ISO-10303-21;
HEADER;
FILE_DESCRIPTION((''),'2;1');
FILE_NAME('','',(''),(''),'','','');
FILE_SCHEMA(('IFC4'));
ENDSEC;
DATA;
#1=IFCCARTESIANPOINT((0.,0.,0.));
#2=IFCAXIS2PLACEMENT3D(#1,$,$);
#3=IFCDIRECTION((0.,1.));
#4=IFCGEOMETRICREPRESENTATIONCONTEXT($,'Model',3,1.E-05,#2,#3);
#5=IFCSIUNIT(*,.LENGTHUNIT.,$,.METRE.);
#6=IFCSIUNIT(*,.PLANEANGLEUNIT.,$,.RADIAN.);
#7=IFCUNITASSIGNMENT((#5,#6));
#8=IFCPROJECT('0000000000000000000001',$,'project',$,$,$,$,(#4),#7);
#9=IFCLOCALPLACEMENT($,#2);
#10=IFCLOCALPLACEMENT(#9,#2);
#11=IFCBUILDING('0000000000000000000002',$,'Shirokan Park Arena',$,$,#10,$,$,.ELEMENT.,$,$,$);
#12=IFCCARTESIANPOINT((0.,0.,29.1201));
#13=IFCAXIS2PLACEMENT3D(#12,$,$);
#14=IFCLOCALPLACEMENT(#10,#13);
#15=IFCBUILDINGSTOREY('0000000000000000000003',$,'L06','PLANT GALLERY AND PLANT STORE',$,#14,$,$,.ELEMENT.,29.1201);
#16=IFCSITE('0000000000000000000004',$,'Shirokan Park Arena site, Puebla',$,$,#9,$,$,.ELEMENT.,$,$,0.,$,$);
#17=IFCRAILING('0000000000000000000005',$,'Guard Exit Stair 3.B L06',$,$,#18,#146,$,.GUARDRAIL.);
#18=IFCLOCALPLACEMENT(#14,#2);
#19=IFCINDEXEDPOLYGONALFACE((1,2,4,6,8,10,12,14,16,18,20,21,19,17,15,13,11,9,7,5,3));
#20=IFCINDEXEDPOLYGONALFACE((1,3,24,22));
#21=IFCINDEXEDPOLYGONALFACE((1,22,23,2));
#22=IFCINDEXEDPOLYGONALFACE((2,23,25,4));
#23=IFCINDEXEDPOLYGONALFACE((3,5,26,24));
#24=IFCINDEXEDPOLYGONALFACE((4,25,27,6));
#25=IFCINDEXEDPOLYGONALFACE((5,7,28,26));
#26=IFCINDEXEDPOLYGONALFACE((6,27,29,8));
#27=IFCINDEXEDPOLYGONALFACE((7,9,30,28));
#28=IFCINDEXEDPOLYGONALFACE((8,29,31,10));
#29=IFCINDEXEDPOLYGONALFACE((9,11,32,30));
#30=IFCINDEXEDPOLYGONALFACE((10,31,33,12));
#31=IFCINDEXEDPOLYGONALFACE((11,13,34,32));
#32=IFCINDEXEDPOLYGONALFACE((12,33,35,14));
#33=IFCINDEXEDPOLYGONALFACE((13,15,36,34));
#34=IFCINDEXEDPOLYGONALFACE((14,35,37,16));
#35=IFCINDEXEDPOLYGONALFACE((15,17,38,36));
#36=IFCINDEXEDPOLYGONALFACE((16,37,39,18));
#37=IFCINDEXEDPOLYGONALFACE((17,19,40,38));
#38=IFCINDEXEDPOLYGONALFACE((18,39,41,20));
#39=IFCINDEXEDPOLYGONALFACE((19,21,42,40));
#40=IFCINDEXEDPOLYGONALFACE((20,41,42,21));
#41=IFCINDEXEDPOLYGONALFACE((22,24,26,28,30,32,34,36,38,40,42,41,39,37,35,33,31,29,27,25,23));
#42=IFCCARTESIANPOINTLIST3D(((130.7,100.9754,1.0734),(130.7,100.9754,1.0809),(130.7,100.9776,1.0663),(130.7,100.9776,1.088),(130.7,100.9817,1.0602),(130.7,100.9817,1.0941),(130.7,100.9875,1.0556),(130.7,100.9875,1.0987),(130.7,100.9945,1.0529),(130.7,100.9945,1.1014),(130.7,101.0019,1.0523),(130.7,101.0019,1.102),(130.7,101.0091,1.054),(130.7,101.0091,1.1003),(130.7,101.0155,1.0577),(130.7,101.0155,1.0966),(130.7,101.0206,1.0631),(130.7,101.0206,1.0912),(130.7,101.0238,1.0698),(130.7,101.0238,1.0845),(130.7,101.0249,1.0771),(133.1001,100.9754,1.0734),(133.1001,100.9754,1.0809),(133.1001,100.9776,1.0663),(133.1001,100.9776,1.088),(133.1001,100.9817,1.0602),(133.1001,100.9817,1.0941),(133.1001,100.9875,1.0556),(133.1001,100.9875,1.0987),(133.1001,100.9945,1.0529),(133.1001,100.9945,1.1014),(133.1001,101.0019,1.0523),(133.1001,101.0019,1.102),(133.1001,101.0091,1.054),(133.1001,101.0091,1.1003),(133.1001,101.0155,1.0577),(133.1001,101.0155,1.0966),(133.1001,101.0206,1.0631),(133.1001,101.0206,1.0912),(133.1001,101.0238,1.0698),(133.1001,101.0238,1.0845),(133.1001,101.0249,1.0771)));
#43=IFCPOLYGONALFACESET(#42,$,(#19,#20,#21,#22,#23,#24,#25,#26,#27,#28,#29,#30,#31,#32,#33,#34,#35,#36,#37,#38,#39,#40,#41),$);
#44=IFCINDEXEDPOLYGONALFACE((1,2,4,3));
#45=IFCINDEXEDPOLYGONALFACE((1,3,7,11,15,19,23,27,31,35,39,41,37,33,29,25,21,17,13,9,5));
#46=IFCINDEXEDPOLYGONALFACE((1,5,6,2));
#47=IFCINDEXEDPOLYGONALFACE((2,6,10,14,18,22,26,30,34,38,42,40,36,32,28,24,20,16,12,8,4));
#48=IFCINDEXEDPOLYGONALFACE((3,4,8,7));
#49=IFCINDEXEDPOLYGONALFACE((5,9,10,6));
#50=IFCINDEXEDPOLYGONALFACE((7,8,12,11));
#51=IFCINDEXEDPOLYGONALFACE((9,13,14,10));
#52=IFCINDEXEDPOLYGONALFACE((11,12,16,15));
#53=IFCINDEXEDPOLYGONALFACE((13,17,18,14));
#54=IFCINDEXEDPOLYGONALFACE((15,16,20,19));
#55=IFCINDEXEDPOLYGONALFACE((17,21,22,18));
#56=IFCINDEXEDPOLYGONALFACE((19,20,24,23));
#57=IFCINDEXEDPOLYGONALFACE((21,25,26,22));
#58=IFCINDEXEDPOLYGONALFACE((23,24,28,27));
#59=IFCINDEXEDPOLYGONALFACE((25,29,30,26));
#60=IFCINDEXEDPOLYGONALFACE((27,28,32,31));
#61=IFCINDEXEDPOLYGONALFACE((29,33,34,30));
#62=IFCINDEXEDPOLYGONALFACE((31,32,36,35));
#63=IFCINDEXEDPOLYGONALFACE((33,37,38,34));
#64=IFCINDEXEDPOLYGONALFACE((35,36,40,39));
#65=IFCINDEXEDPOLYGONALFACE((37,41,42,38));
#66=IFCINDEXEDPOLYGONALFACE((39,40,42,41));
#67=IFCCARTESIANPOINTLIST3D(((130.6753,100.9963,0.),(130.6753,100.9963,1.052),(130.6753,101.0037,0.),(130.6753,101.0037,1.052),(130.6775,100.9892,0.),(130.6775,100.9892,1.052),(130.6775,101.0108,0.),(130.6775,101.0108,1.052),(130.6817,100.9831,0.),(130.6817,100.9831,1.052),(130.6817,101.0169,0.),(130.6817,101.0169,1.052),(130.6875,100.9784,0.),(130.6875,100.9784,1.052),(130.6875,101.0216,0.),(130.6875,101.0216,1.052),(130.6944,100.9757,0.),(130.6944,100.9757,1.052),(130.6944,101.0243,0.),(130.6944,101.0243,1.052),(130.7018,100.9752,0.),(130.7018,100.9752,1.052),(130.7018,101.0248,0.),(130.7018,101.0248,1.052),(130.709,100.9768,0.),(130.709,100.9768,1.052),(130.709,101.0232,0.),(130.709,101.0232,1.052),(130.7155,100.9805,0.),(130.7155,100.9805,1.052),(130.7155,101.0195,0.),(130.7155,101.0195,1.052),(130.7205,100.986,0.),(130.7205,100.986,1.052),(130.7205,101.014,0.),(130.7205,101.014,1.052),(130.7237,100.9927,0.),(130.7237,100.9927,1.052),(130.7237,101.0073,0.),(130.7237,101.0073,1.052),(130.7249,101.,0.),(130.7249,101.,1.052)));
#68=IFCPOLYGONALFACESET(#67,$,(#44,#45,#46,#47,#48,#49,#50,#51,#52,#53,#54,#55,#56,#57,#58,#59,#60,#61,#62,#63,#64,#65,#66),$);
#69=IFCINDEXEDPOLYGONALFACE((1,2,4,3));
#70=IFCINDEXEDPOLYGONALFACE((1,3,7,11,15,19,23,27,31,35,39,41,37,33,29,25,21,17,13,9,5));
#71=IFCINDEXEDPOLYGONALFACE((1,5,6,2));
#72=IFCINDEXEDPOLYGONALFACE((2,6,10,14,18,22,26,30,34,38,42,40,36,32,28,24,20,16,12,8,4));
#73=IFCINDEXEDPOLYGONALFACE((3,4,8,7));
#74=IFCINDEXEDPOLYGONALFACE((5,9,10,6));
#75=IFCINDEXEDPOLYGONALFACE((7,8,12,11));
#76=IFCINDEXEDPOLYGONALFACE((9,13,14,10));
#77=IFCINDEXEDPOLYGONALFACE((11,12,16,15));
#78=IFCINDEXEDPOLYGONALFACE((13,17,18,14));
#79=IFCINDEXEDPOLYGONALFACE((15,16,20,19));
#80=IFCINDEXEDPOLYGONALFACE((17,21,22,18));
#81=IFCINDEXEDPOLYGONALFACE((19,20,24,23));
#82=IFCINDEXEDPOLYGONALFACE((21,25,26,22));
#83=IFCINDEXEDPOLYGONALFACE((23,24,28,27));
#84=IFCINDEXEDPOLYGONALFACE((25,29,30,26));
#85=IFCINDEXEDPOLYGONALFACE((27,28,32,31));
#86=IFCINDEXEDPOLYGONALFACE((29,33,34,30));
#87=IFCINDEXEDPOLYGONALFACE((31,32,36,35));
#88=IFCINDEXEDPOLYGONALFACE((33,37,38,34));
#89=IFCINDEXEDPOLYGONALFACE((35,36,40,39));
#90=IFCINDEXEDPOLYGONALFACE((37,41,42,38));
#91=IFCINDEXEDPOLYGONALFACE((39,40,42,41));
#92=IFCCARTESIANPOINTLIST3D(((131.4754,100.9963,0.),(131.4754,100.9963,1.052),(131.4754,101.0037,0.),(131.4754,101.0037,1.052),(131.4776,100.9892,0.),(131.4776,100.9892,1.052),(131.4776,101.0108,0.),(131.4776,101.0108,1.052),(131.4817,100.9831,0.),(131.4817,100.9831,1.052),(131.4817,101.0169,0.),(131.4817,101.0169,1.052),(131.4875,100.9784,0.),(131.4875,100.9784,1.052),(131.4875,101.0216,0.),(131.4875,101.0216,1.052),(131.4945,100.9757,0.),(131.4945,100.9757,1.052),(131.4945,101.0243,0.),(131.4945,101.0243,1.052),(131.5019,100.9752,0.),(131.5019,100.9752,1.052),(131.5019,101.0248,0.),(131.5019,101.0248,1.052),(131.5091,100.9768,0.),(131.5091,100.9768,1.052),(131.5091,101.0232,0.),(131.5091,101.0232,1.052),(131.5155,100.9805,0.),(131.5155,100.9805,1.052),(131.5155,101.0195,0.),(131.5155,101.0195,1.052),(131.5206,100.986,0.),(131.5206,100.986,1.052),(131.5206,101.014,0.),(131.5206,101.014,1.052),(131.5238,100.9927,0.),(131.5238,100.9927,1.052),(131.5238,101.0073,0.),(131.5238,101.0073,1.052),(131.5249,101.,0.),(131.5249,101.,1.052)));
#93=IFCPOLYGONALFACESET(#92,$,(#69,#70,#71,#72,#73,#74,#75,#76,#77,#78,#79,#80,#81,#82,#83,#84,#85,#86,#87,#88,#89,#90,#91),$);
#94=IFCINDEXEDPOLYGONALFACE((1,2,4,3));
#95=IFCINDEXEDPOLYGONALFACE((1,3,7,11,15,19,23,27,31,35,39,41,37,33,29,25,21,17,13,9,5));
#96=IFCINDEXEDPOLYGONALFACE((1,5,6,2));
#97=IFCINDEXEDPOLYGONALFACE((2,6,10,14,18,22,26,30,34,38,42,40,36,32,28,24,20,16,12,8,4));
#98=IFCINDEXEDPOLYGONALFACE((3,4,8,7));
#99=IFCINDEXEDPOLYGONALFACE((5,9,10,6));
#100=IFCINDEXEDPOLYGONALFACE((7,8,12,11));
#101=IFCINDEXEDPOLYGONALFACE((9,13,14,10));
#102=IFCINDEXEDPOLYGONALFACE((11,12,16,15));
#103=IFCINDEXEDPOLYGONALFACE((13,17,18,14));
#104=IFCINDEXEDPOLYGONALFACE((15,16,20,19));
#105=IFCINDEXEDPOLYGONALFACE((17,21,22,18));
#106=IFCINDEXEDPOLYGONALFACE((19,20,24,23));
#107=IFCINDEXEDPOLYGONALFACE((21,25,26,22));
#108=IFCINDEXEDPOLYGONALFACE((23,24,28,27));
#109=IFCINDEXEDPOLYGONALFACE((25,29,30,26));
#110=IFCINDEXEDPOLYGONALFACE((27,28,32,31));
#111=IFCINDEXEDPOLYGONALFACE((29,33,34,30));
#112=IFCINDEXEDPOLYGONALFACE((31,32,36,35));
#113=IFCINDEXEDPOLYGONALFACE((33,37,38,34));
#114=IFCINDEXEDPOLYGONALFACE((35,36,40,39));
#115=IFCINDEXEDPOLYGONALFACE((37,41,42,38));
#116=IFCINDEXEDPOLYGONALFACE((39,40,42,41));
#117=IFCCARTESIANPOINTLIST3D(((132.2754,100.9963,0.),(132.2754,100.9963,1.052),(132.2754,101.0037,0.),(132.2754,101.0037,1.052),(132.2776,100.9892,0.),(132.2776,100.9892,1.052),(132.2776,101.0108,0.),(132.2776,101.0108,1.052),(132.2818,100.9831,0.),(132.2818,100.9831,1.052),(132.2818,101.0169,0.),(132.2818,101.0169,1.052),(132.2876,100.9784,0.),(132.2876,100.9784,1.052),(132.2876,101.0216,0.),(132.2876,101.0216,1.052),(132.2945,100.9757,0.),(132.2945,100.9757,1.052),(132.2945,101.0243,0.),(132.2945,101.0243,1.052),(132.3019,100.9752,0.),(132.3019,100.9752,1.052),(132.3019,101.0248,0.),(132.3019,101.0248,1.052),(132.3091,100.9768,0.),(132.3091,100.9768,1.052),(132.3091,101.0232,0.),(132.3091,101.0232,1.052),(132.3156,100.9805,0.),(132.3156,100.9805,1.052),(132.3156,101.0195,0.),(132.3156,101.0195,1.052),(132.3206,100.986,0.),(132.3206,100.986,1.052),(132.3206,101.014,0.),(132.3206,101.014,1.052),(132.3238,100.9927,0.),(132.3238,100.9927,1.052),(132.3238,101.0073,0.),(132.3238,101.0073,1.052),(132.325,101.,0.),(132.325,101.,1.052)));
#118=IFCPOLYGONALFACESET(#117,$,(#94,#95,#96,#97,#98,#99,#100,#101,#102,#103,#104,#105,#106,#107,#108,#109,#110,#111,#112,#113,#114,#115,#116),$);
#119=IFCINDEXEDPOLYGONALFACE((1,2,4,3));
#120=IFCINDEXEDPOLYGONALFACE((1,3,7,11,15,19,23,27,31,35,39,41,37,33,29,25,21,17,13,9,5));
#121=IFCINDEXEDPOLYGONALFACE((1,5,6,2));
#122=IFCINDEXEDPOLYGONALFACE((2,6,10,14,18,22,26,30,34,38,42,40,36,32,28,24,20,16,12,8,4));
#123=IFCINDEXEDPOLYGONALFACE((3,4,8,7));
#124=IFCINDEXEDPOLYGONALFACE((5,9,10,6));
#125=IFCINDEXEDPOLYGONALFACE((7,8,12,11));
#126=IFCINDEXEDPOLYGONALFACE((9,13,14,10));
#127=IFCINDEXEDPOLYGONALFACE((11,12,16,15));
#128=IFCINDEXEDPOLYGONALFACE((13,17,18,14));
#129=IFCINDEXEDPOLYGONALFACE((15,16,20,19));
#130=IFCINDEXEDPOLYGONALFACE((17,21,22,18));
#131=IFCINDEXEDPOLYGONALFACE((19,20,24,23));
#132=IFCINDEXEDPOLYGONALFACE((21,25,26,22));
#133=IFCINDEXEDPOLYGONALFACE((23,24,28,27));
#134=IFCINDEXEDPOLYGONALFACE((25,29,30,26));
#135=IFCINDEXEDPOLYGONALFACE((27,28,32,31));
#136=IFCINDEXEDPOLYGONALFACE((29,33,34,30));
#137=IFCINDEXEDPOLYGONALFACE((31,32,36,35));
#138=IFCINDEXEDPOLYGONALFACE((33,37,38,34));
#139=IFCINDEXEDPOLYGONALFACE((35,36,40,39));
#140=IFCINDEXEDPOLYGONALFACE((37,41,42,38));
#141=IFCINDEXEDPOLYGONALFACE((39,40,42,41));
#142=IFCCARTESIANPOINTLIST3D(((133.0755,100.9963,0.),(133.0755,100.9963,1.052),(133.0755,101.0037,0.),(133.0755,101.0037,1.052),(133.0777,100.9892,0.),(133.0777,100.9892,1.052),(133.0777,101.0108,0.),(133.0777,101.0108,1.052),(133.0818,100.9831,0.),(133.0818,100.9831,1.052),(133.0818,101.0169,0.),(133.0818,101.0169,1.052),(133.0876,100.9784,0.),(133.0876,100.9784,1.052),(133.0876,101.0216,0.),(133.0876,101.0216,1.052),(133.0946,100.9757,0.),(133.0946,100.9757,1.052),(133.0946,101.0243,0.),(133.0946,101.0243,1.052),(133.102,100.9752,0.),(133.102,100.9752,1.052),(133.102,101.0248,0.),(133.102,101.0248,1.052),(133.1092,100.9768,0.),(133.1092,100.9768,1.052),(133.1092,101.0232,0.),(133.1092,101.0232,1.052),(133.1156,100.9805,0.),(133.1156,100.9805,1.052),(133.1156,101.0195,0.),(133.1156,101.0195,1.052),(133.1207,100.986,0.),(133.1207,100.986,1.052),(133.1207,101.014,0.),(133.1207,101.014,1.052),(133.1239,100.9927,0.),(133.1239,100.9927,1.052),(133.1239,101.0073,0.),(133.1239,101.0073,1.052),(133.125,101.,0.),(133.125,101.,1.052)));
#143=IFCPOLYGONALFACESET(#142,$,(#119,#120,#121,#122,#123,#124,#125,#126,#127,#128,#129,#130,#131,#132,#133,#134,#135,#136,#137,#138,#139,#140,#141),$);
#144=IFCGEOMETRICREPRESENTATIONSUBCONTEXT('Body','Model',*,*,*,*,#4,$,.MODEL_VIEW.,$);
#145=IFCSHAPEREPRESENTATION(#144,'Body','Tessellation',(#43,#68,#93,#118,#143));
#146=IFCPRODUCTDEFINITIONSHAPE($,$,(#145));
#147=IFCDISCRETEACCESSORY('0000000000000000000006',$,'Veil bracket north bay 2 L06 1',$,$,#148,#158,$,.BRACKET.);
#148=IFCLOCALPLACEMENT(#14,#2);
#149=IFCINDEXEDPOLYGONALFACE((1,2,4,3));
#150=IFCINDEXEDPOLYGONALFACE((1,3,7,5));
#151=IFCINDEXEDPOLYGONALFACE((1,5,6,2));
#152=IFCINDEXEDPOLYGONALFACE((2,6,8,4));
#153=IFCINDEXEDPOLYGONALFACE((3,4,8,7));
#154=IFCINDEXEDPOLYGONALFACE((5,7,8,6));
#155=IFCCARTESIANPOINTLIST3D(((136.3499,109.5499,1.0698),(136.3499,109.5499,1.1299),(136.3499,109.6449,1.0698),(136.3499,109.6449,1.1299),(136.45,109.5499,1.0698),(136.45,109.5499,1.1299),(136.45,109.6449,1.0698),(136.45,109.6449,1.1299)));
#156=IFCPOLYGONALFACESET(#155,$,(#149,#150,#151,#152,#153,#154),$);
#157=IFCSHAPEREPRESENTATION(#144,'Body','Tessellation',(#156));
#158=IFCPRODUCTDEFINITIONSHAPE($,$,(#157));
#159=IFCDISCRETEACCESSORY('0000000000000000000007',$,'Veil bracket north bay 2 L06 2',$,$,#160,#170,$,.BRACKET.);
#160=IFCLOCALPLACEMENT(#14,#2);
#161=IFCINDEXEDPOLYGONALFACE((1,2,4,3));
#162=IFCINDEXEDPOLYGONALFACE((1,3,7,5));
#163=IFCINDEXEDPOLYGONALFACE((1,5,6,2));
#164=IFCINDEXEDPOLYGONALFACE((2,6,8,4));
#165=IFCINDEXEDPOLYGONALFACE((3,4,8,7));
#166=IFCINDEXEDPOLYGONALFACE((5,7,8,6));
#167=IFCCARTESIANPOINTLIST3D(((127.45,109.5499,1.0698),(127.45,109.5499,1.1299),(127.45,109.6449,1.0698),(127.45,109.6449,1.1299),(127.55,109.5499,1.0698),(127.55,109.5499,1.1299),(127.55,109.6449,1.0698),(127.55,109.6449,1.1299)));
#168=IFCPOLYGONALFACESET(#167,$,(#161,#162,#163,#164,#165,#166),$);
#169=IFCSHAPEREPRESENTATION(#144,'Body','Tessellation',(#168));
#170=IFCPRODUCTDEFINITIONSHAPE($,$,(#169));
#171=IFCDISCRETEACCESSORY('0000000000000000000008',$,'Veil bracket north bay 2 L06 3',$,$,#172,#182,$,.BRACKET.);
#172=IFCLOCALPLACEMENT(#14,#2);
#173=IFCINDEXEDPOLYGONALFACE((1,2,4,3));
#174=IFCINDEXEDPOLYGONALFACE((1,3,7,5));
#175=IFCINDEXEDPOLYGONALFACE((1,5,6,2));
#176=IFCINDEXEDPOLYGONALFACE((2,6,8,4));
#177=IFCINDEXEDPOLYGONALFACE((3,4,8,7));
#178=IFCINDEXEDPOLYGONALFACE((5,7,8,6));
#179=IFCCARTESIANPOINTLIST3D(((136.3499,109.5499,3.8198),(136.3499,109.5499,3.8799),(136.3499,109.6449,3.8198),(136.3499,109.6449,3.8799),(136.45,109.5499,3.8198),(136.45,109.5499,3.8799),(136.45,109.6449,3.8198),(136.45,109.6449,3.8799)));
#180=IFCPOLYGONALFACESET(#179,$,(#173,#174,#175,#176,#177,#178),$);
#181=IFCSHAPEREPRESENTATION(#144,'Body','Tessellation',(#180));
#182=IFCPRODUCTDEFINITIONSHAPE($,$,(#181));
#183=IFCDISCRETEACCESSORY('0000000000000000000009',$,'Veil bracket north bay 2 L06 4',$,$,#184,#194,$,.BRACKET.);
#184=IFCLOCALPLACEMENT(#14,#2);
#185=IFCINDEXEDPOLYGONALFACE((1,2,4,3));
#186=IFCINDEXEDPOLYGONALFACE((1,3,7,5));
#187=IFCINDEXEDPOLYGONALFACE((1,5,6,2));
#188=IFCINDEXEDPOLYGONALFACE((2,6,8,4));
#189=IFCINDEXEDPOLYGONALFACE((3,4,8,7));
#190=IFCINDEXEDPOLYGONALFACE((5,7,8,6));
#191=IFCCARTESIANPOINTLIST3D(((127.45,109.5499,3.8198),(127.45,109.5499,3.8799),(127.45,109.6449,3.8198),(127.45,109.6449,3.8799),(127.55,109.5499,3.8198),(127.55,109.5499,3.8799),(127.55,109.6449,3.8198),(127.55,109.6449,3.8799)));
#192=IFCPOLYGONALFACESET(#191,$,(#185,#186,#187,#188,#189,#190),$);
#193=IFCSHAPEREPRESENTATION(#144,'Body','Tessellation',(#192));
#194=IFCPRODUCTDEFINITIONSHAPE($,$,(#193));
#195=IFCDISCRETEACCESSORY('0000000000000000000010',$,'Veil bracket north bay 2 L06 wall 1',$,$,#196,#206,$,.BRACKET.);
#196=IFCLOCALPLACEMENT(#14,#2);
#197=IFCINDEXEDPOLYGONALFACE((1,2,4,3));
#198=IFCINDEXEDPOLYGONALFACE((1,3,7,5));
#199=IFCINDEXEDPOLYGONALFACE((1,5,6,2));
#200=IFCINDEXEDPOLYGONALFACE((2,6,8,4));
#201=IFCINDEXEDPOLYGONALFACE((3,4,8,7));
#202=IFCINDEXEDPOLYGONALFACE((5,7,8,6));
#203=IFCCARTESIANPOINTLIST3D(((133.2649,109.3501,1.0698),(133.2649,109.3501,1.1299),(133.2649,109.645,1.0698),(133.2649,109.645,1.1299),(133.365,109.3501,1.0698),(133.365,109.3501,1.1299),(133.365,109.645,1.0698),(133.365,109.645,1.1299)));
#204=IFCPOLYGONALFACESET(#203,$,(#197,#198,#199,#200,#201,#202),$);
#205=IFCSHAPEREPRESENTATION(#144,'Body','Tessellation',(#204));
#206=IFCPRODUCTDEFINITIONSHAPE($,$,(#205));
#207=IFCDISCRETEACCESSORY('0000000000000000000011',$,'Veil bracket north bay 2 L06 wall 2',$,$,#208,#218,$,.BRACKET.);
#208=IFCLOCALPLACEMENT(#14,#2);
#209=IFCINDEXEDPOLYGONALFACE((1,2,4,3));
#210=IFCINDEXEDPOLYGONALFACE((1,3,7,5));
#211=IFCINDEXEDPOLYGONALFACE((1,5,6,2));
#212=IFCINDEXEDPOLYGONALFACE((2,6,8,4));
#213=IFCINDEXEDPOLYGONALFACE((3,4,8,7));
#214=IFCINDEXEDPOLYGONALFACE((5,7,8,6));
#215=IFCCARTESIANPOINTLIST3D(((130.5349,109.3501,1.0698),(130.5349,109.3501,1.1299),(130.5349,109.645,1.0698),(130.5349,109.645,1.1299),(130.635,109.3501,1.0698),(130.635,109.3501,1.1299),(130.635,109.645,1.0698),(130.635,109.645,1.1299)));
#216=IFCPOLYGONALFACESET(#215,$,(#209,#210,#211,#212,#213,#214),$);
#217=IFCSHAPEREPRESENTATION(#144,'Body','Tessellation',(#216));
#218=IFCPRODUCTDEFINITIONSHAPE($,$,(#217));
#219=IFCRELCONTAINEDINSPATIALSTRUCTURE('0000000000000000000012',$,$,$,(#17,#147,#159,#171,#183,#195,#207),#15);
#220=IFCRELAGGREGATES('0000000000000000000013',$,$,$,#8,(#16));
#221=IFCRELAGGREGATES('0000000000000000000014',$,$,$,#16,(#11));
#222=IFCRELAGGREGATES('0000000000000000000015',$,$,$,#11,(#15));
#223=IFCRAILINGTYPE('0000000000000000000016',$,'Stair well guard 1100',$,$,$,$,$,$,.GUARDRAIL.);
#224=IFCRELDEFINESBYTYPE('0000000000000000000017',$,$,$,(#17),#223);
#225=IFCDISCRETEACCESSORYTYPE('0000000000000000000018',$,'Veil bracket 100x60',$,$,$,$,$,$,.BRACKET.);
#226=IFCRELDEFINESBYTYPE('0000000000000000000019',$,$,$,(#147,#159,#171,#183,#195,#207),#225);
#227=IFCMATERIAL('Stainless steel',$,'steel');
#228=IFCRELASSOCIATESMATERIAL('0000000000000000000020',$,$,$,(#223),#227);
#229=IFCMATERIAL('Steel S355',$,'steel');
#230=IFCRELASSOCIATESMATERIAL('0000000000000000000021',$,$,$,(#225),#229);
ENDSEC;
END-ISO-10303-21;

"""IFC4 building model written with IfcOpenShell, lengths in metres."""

from ifc_helpers import new_model, si_unit, direction, frame, origin, origin_2d, place, context, subcontext, project, spatial, rectangle, circle, extrude, material, type_object, element, save


model = new_model("IFC4")

# Units and contexts
model_context = context("Model", 3, precision=1e-05, world=origin(), true_north=direction((0.0, 1.0)))
body_context = subcontext(model_context, "Body", "Model", "MODEL_VIEW")
ifc_project = project(units=[si_unit("LENGTHUNIT", "METRE"), si_unit("PLANEANGLEUNIT", "RADIAN")], contexts=[model_context])

# Site, building, storey
site_placement = place(None, origin())
site = spatial("IfcSite", under=ifc_project, at=site_placement, Name="Shirokan Park Arena site, Puebla", CompositionType="ELEMENT", RefElevation=0.0)
building_placement = place(site_placement, origin())
building = spatial("IfcBuilding", under=site, at=building_placement, Name="Shirokan Park Arena", CompositionType="ELEMENT")
storey_placement = place(building_placement, frame((0.0, 0.0, 29.1201)))
storey = spatial("IfcBuildingStorey", under=building, at=storey_placement, Name="L06", Description="PLANT GALLERY AND PLANT STORE", CompositionType="ELEMENT", Elevation=29.1201)

# Railing
ifc_material_1 = material(Name="Stainless steel", Category="steel")
railing_type = type_object("IfcRailingType", Name="Stair well guard 1100", PredefinedType="GUARDRAIL", material=ifc_material_1)
railing_placement = place(storey_placement, frame((130.7, 101.0, 0.0)))
element("IfcRailing", 1, at=railing_placement, inside=storey, type_object=railing_type, Name="Guard Exit Stair 3.B L06", PredefinedType="GUARDRAIL", context=body_context, shape_type="SweptSolid", body=[
    extrude(circle(Radius=0.0249, at=origin_2d()), frame((0.0, 0.0, 1.0771), z_axis=(1.0, 0.0, 0.0), x_axis=(0.0, 1.0, 0.0)), (0.0, 0.0, 1.0), 2.4001),
    extrude(circle(Radius=0.0249, at=origin_2d()), origin(), (0.0, 0.0, 1.0), 1.052),
    extrude(circle(Radius=0.0249, at=origin_2d()), frame((0.8, 0.0, 0.0)), (0.0, 0.0, 1.0), 1.052),
    extrude(circle(Radius=0.0249, at=origin_2d()), frame((1.6001, 0.0, 0.0)), (0.0, 0.0, 1.0), 1.052),
    extrude(circle(Radius=0.0249, at=origin_2d()), frame((2.4001, 0.0, 0.0)), (0.0, 0.0, 1.0), 1.052),
])

# Discrete accessories
ifc_material_2 = material(Name="Steel S355", Category="steel")
discrete_accessory_type = type_object("IfcDiscreteAccessoryType", Name="Veil bracket 100x60", PredefinedType="BRACKET", material=ifc_material_2)
for number, where, z_axis, x_axis, name in (
    (2, (136.3999, 109.5974, 1.0698), (0.0, 0.0, 1.0), (-1.0, 0.0, 0.0), "Veil bracket north bay 2 L06 1"),
    (3, (127.5, 109.5974, 1.0698), (0.0, 0.0, 1.0), (-1.0, 0.0, 0.0), "Veil bracket north bay 2 L06 2"),
    (4, (136.3999, 109.5974, 3.8198), (0.0, 0.0, 1.0), (-1.0, 0.0, 0.0), "Veil bracket north bay 2 L06 3"),
    (5, (127.5, 109.5974, 3.8198), (0.0, 0.0, 1.0), (-1.0, 0.0, 0.0), "Veil bracket north bay 2 L06 4"),
):
    element("IfcDiscreteAccessory", number, at=place(storey_placement, frame(where, z_axis=z_axis, x_axis=x_axis)), inside=storey, type_object=discrete_accessory_type, Name=name, PredefinedType="BRACKET", context=body_context, shape_type="SweptSolid", body=[
        extrude(rectangle(XDim=0.1001, YDim=0.095, at=origin_2d()), origin(), (0.0, 0.0, 1.0), 0.0601),
    ])
for number, where, z_axis, x_axis, name in (
    (6, (133.3149, 109.4976, 1.0698), (0.0, 0.0, 1.0), (-1.0, 0.0, 0.0), "Veil bracket north bay 2 L06 wall 1"),
    (7, (130.585, 109.4976, 1.0698), (0.0, 0.0, 1.0), (-1.0, 0.0, 0.0), "Veil bracket north bay 2 L06 wall 2"),
):
    element("IfcDiscreteAccessory", number, at=place(storey_placement, frame(where, z_axis=z_axis, x_axis=x_axis)), inside=storey, type_object=discrete_accessory_type, Name=name, PredefinedType="BRACKET", context=body_context, shape_type="SweptSolid", body=[
        extrude(rectangle(XDim=0.1001, YDim=0.2949, at=origin_2d()), origin(), (0.0, 0.0, 1.0), 0.0601),
    ])

save(model, "model.ifc")
